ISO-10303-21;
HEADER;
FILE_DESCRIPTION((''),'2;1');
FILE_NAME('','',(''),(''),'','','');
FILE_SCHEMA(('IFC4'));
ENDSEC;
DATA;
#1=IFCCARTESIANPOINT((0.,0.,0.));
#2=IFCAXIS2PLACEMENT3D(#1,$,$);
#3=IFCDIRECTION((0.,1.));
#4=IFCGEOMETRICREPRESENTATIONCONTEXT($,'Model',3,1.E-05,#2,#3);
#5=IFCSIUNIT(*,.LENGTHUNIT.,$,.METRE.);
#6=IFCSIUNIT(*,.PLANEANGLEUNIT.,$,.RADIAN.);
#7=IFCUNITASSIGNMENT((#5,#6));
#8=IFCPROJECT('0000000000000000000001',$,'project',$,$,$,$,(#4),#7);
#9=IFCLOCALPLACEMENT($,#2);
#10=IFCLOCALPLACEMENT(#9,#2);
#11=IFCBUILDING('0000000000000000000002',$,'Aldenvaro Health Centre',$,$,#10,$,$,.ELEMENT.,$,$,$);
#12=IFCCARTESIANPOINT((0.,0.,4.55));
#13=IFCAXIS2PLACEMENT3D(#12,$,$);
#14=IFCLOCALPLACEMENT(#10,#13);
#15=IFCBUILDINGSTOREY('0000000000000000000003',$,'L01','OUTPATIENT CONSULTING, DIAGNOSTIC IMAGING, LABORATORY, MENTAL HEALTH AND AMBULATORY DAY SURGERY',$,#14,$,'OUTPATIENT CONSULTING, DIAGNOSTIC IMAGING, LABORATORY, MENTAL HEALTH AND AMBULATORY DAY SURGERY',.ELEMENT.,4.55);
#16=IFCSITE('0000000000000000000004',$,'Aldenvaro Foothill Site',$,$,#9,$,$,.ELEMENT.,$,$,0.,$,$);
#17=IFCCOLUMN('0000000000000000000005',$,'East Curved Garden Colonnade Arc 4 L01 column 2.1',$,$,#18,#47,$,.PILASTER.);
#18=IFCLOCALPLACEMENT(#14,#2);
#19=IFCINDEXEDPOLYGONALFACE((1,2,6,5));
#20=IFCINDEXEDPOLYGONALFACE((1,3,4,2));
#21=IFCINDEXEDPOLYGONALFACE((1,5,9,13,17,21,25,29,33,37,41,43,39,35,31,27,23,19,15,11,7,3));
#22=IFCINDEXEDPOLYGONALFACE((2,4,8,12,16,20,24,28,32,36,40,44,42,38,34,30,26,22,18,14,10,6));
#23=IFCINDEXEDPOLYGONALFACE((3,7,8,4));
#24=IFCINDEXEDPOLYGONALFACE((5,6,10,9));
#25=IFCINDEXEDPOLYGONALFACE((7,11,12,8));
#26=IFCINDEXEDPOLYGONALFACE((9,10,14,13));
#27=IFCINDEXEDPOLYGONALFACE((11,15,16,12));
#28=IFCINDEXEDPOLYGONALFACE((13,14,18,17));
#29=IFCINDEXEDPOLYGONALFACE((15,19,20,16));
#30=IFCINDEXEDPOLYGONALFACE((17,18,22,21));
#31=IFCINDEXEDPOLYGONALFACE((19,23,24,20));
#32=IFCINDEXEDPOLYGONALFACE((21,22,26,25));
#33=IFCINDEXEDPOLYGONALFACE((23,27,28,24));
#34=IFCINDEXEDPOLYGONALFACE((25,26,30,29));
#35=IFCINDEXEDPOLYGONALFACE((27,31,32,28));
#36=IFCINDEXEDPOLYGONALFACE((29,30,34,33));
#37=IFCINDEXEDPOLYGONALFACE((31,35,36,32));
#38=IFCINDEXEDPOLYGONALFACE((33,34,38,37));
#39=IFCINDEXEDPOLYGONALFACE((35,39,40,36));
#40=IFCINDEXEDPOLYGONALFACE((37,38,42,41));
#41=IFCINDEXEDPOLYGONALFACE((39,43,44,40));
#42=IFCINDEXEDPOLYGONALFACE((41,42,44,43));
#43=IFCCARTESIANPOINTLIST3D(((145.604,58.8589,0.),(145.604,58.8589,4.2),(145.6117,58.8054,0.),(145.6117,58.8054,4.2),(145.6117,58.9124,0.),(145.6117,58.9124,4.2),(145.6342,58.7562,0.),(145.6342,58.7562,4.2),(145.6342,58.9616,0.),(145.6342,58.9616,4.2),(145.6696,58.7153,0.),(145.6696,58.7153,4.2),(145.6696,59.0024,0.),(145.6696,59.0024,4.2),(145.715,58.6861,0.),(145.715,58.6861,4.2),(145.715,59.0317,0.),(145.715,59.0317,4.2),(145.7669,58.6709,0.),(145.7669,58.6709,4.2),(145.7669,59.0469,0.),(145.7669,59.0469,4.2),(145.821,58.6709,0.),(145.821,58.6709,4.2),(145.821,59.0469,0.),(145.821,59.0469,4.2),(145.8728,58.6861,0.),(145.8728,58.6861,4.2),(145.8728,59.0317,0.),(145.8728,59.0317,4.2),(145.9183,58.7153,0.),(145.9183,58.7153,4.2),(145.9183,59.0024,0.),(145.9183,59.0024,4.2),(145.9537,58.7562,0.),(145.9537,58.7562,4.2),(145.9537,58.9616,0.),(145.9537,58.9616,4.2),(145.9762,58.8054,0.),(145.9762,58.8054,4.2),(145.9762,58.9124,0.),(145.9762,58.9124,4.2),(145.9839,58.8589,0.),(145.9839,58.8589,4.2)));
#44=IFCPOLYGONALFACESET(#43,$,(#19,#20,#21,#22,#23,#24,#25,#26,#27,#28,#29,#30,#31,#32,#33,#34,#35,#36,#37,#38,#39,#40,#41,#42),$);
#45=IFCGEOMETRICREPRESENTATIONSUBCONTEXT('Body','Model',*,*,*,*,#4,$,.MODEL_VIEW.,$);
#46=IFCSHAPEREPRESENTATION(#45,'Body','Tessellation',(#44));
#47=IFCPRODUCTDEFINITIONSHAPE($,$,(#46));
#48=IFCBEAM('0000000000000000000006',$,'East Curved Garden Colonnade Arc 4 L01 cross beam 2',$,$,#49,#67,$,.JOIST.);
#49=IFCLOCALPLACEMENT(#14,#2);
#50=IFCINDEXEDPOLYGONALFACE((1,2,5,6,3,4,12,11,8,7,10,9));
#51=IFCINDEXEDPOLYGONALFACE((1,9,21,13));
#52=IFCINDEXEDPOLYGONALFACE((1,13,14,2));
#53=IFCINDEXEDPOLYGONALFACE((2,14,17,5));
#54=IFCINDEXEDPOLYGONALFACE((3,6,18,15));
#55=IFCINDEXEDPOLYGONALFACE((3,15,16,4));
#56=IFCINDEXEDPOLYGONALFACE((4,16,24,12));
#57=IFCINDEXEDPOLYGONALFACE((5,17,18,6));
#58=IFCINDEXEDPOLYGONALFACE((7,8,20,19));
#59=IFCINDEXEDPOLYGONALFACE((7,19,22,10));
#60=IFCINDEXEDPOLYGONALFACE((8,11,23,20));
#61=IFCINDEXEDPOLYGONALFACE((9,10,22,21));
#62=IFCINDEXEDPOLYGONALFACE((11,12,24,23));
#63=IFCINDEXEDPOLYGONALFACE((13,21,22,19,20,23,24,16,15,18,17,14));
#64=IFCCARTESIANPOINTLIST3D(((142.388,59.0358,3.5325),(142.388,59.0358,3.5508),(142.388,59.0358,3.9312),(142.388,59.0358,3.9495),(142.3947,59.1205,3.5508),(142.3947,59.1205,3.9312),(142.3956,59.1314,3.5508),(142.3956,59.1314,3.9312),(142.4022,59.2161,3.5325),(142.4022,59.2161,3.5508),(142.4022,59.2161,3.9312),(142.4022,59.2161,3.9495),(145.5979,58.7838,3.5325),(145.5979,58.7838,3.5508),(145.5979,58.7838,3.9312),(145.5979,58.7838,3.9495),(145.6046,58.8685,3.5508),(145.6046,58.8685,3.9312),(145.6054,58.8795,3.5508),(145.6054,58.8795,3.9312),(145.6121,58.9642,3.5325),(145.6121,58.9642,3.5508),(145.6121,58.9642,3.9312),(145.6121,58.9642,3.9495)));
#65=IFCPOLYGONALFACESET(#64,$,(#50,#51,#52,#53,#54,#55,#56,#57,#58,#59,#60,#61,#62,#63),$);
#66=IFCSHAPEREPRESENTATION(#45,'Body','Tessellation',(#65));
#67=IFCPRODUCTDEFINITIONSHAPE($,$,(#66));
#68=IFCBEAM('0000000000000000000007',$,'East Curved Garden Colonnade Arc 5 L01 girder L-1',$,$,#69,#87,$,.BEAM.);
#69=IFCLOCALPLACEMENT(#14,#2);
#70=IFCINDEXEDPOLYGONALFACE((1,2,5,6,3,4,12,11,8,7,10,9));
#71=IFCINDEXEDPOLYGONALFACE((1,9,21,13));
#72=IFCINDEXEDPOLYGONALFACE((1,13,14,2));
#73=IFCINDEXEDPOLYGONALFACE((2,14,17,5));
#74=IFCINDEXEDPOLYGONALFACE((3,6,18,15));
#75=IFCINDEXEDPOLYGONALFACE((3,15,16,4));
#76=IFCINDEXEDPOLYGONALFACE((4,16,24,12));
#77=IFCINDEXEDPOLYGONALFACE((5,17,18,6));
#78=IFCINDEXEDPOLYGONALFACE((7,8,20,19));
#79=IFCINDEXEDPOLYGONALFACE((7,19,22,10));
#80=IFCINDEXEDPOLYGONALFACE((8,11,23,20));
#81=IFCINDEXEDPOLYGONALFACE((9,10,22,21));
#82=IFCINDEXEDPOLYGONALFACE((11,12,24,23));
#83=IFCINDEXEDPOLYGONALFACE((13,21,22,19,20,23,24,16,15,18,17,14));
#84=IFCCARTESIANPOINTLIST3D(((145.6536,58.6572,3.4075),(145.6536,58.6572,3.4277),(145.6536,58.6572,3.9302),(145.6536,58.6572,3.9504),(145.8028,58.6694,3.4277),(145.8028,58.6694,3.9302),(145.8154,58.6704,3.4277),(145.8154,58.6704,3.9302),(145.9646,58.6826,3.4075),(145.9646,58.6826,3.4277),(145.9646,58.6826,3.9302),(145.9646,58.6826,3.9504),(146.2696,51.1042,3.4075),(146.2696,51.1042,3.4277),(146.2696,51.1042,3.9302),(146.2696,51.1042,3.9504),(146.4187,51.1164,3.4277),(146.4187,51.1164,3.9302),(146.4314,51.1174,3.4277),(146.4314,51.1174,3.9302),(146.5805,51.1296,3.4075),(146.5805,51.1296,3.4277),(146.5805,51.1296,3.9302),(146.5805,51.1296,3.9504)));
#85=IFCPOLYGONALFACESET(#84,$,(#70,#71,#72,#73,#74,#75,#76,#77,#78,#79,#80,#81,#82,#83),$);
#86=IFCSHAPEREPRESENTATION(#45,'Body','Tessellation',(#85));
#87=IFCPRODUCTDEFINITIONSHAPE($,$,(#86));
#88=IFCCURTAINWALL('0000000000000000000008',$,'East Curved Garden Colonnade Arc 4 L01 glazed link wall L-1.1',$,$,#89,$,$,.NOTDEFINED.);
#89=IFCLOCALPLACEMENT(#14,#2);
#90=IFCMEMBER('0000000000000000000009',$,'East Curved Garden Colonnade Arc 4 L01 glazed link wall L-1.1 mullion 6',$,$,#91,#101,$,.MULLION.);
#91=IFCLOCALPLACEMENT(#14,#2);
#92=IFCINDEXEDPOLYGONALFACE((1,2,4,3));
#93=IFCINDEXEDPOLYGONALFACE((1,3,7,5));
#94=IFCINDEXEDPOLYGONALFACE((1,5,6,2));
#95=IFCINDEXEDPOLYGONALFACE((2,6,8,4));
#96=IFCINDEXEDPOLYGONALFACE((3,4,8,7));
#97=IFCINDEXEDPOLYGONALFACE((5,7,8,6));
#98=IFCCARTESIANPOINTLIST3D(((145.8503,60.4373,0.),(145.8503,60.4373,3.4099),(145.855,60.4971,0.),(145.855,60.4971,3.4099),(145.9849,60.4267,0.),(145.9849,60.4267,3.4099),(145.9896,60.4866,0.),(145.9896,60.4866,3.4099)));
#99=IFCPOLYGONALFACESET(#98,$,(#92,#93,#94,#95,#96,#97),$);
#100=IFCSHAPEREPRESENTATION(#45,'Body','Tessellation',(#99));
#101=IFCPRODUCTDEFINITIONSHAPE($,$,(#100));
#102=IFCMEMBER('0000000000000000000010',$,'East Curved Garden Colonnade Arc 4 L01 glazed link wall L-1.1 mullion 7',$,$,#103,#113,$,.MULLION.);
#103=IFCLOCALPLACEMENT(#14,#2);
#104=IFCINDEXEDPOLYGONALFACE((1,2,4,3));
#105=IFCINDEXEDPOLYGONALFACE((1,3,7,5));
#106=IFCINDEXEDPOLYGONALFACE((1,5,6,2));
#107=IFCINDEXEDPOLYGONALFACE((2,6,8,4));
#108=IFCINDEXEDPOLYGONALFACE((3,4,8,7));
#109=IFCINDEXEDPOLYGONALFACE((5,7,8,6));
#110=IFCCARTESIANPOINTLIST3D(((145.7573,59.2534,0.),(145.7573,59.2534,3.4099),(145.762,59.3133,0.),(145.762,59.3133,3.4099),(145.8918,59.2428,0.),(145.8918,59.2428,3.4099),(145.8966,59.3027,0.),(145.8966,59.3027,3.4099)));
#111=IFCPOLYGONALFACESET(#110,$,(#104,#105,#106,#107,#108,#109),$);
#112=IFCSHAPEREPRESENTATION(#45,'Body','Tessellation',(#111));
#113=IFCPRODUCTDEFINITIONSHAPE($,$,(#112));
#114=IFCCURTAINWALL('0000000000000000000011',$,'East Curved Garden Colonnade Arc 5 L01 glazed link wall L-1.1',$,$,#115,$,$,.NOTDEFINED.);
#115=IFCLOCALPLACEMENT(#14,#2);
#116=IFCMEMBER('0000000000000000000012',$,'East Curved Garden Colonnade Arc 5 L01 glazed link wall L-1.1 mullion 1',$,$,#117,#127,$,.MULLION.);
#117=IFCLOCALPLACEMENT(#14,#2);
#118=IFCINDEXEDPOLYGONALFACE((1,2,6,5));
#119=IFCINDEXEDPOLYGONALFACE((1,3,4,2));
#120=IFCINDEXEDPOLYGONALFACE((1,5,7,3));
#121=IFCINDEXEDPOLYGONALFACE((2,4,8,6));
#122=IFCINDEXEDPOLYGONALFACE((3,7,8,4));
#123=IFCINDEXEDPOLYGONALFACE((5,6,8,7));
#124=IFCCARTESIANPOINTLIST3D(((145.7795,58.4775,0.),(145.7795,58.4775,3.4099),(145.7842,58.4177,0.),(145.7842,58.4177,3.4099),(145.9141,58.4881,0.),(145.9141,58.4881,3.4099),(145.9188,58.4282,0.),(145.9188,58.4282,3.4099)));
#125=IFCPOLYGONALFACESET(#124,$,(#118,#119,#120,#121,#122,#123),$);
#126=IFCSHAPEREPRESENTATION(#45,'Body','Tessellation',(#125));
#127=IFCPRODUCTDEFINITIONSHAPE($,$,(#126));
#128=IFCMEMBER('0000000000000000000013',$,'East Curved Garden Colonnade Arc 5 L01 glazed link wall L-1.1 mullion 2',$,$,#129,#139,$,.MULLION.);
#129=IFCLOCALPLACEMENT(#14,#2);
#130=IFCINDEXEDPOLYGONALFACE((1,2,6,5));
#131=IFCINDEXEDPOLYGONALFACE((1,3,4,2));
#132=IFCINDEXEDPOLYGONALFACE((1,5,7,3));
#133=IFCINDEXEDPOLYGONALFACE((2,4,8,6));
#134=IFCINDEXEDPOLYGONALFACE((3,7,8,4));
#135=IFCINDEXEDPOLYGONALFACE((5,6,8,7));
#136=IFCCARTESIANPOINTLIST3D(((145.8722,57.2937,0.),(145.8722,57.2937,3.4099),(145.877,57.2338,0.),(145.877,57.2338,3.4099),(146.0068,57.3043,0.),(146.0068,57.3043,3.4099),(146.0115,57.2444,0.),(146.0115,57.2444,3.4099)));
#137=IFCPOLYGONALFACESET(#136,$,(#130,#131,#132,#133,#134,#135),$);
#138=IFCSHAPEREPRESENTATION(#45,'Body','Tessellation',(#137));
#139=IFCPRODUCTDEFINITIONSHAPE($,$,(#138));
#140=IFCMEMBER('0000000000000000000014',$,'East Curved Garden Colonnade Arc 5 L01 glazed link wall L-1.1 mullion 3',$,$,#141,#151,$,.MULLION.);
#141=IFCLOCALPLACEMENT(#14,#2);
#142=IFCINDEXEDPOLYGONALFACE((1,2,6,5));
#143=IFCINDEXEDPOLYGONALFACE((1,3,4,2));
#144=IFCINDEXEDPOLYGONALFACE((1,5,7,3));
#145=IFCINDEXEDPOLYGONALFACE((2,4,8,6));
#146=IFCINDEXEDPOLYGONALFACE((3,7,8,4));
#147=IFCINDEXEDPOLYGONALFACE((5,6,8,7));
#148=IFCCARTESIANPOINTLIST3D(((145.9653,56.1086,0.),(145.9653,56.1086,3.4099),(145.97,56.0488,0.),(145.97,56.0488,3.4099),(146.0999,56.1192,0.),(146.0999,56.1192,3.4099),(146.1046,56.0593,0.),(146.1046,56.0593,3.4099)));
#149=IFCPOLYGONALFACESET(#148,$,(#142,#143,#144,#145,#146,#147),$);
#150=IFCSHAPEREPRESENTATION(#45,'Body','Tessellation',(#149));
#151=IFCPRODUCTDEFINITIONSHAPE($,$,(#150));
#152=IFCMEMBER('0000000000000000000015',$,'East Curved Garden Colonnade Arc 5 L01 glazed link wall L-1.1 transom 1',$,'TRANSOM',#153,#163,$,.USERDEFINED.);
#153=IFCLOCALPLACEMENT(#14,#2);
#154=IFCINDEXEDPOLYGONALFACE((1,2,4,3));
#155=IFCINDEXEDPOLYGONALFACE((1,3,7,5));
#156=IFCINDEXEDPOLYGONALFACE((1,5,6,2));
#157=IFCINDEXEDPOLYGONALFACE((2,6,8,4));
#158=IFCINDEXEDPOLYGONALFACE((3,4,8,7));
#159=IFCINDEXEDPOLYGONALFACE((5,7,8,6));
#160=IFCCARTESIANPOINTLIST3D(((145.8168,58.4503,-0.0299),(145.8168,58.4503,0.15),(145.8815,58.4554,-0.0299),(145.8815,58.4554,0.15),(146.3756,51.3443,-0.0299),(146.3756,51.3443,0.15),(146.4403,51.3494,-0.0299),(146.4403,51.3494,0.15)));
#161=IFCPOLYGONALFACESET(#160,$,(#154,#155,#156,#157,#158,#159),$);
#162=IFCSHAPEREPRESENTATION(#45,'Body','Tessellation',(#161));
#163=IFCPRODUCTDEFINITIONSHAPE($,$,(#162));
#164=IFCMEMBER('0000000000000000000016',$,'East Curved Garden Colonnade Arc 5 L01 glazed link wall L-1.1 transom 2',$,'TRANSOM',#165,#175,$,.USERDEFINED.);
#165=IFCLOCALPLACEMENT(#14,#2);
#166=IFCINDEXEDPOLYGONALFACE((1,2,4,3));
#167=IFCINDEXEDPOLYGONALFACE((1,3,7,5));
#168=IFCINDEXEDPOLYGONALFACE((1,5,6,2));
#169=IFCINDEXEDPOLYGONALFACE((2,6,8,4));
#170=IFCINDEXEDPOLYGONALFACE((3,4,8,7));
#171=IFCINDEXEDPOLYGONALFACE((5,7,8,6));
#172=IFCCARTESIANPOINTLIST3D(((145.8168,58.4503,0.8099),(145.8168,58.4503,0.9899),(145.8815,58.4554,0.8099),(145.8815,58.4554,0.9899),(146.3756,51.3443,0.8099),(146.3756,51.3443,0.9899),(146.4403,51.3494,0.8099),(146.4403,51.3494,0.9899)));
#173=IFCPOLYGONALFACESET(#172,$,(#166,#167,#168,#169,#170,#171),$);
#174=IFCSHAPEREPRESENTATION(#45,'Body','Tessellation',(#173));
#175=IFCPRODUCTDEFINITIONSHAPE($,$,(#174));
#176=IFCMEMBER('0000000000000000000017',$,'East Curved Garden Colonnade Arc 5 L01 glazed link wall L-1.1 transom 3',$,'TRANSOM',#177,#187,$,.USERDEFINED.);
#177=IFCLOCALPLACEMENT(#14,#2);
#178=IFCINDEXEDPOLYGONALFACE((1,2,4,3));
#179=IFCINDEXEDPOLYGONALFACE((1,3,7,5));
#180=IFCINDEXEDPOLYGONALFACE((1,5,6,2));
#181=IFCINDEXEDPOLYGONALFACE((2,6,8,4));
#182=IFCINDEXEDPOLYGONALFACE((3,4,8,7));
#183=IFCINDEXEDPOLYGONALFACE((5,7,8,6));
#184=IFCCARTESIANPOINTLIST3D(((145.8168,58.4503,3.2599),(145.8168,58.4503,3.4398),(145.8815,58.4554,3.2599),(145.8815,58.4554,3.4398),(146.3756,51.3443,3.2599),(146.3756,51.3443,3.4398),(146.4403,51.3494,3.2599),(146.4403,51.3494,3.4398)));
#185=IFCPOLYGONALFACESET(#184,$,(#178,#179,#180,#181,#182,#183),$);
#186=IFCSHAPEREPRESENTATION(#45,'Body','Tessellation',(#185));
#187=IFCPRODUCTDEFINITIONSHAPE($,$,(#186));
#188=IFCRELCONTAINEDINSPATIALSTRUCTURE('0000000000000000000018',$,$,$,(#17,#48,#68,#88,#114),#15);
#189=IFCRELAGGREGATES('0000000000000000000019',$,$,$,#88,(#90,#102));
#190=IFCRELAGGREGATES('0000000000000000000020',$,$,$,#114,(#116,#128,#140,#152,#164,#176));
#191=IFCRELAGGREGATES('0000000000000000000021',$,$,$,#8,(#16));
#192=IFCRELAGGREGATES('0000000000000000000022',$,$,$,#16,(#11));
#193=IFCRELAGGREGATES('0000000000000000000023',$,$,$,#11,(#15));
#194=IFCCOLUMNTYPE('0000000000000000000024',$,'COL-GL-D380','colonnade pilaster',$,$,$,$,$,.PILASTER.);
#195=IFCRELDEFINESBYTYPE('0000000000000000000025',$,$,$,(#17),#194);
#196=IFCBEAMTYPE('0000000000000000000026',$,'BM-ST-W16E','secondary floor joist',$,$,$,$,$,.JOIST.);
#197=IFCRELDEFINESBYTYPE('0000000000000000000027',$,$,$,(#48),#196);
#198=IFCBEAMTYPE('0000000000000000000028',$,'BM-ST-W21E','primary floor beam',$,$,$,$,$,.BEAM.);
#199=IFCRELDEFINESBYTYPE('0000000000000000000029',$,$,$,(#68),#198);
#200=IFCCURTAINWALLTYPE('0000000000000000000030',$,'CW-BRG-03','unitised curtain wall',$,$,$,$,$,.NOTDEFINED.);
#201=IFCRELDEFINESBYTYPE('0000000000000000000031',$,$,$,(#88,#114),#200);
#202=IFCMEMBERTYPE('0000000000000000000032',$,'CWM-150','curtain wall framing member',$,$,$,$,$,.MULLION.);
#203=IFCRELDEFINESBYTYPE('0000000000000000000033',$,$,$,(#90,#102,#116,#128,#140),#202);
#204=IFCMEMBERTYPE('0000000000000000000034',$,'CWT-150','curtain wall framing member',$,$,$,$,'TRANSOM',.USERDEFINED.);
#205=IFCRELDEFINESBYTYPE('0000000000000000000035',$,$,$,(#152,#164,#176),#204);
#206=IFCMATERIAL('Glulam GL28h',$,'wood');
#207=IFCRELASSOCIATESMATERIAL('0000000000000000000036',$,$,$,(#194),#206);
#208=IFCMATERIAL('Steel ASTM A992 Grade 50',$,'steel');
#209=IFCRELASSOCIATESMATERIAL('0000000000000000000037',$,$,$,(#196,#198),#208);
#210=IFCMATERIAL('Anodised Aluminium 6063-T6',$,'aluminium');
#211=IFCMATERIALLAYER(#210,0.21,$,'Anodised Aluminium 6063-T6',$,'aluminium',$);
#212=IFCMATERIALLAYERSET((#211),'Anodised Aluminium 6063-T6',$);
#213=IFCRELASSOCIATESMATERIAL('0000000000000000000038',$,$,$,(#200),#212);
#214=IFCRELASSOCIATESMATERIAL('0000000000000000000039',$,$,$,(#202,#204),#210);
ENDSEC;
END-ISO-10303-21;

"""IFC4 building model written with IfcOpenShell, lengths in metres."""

from ifc_helpers import new_model, si_unit, direction, frame, origin, origin_2d, place, context, subcontext, project, spatial, rectangle, circle, i_section, extrude, material, layer, layer_set, material_profile, profile_set, type_object, element, aggregate, save


model = new_model("IFC4")

# Units and contexts
model_context = context("Model", 3, precision=1e-05, world=origin(), true_north=direction((0.0, 1.0)))
body_context = subcontext(model_context, "Body", "Model", "MODEL_VIEW")
ifc_project = project(units=[si_unit("LENGTHUNIT", "METRE"), si_unit("PLANEANGLEUNIT", "RADIAN")], contexts=[model_context])

# Site, building, storey
site_placement = place(None, origin())
site = spatial("IfcSite", under=ifc_project, at=site_placement, Name="Aldenvaro Foothill Site", CompositionType="ELEMENT", RefElevation=0.0)
building_placement = place(site_placement, origin())
building = spatial("IfcBuilding", under=site, at=building_placement, Name="Aldenvaro Health Centre", CompositionType="ELEMENT")
storey_placement = place(building_placement, frame((0.0, 0.0, 4.55)))
storey = spatial("IfcBuildingStorey", under=building, at=storey_placement, Name="L01", Description="OUTPATIENT CONSULTING, DIAGNOSTIC IMAGING, LABORATORY, MENTAL HEALTH AND AMBULATORY DAY SURGERY", LongName="OUTPATIENT CONSULTING, DIAGNOSTIC IMAGING, LABORATORY, MENTAL HEALTH AND AMBULATORY DAY SURGERY", CompositionType="ELEMENT", Elevation=4.55)

# Column
ifc_material_1 = material(Name="Glulam GL28h", Category="wood")
ifc_material_profile_1 = material_profile(ifc_material_1, circle(Radius=0.1899, at=origin_2d()), Name="GL D380", Category="wood")
ifc_profile_set_1 = profile_set([ifc_material_profile_1], Name="Glulam GL28h")
column_type = type_object("IfcColumnType", Name="COL-GL-D380", Description="colonnade pilaster", PredefinedType="PILASTER", material=ifc_profile_set_1)
column_placement = place(storey_placement, frame((145.7939, 58.8589, 0.0), z_axis=(0.0, 0.0, 1.0), x_axis=(1.0, 0.0, 0.0)))
element("IfcColumn", 1, at=column_placement, inside=storey, type_object=column_type, Name="East Curved Garden Colonnade Arc 4 L01 column 2.1", PredefinedType="PILASTER", context=body_context, shape_type="SweptSolid", body=[
    extrude(circle(Radius=0.1899, at=origin_2d()), origin(), (0.0, 0.0, 1.0), 4.2),
])

# Beams
ifc_material_2 = material(Name="Steel ASTM A992 Grade 50", Category="steel")
ifc_material_profile_2 = material_profile(ifc_material_2, i_section(OverallWidth=0.1809, OverallDepth=0.417, WebThickness=0.011, FlangeThickness=0.0183, at=origin_2d()), Name="W16X57", Category="steel")
ifc_profile_set_2 = profile_set([ifc_material_profile_2], Name="Steel ASTM A992 Grade 50")
beam_type_1 = type_object("IfcBeamType", Name="BM-ST-W16E", Description="secondary floor joist", PredefinedType="JOIST", material=ifc_profile_set_2)
beam_1_placement = place(storey_placement, frame((145.605, 58.874, 3.741), z_axis=(-0.996934, 0.07825, 0.0), x_axis=(-0.07825, -0.996934, 0.0)))
element("IfcBeam", 2, at=beam_1_placement, inside=storey, type_object=beam_type_1, Name="East Curved Garden Colonnade Arc 4 L01 cross beam 2", PredefinedType="JOIST", context=body_context, shape_type="SweptSolid", body=[
    extrude(i_section(OverallWidth=0.1809, OverallDepth=0.417, WebThickness=0.011, FlangeThickness=0.0183, at=origin_2d()), origin(), (0.0, 0.0, 1.0), 3.2197),
])
ifc_material_profile_3 = material_profile(ifc_material_2, i_section(OverallWidth=0.312, OverallDepth=0.543, WebThickness=0.0127, FlangeThickness=0.0203, at=origin_2d()), Name="W21X101", Category="steel")
ifc_profile_set_3 = profile_set([ifc_material_profile_3], Name="Steel ASTM A992 Grade 50")
beam_type_2 = type_object("IfcBeamType", Name="BM-ST-W21E", Description="primary floor beam", PredefinedType="BEAM", material=ifc_profile_set_3)
beam_2_placement = place(storey_placement, frame((145.8091, 58.6699, 3.679), z_axis=(0.081283, -0.996691, 0.0), x_axis=(0.996691, 0.081283, 0.0)))
element("IfcBeam", 3, at=beam_2_placement, inside=storey, type_object=beam_type_2, Name="East Curved Garden Colonnade Arc 5 L01 girder L-1", PredefinedType="BEAM", context=body_context, shape_type="SweptSolid", body=[
    extrude(i_section(OverallWidth=0.312, OverallDepth=0.543, WebThickness=0.0127, FlangeThickness=0.0203, at=origin_2d()), origin(), (0.0, 0.0, 1.0), 7.5781),
])

# Curtain walls, members
ifc_material_3 = material(Name="Anodised Aluminium 6063-T6", Category="aluminium")
ifc_layer_1 = layer(ifc_material_3, 0.21, Name="Anodised Aluminium 6063-T6", Category="aluminium")
ifc_layer_set_1 = layer_set([ifc_layer_1], Name="Anodised Aluminium 6063-T6")
curtain_wall_type = type_object("IfcCurtainWallType", Name="CW-BRG-03", Description="unitised curtain wall", PredefinedType="NOTDEFINED", material=ifc_layer_set_1)
curtain_wall_1_placement = place(storey_placement, origin())
curtain_wall_1 = element("IfcCurtainWall", 4, at=curtain_wall_1_placement, inside=storey, type_object=curtain_wall_type, Name="East Curved Garden Colonnade Arc 4 L01 glazed link wall L-1.1", PredefinedType="NOTDEFINED")
ifc_material_profile_4 = material_profile(ifc_material_3, rectangle(XDim=0.0601, YDim=0.135, at=origin_2d()), Name="ALU 60x135", Category="aluminium")
ifc_profile_set_4 = profile_set([ifc_material_profile_4], Name="Anodised Aluminium 6063-T6")
member_type_1 = type_object("IfcMemberType", Name="CWM-150", Description="curtain wall framing member", PredefinedType="MULLION", material=ifc_profile_set_4)
member_1_placement = place(storey_placement, frame((145.9199, 60.4619, 0.0), z_axis=(0.0, 0.0, 1.0), x_axis=(-0.078435, -0.996919, 0.0)))
member_1 = element("IfcMember", 5, at=member_1_placement, type_object=member_type_1, Name="East Curved Garden Colonnade Arc 4 L01 glazed link wall L-1.1 mullion 6", PredefinedType="MULLION", context=body_context, shape_type="SweptSolid", body=[
    extrude(rectangle(XDim=0.0601, YDim=0.135, at=origin_2d()), origin(), (0.0, 0.0, 1.0), 3.4099),
])
member_2_placement = place(storey_placement, frame((145.8269, 59.2781, 0.0), z_axis=(0.0, 0.0, 1.0), x_axis=(-0.078435, -0.996919, 0.0)))
member_2 = element("IfcMember", 6, at=member_2_placement, type_object=member_type_1, Name="East Curved Garden Colonnade Arc 4 L01 glazed link wall L-1.1 mullion 7", PredefinedType="MULLION", context=body_context, shape_type="SweptSolid", body=[
    extrude(rectangle(XDim=0.0601, YDim=0.135, at=origin_2d()), origin(), (0.0, 0.0, 1.0), 3.4099),
])
curtain_wall_2_placement = place(storey_placement, origin())
curtain_wall_2 = element("IfcCurtainWall", 7, at=curtain_wall_2_placement, inside=storey, type_object=curtain_wall_type, Name="East Curved Garden Colonnade Arc 5 L01 glazed link wall L-1.1", PredefinedType="NOTDEFINED")
member_3_placement = place(storey_placement, frame((145.8491, 58.4529, 0.0), z_axis=(0.0, 0.0, 1.0), x_axis=(0.078424, -0.99692, 0.0)))
member_3 = element("IfcMember", 8, at=member_3_placement, type_object=member_type_1, Name="East Curved Garden Colonnade Arc 5 L01 glazed link wall L-1.1 mullion 1", PredefinedType="MULLION", context=body_context, shape_type="SweptSolid", body=[
    extrude(rectangle(XDim=0.0601, YDim=0.135, at=origin_2d()), origin(), (0.0, 0.0, 1.0), 3.4099),
])
member_4_placement = place(storey_placement, frame((145.9419, 57.269, 0.0), z_axis=(0.0, 0.0, 1.0), x_axis=(0.078424, -0.99692, 0.0)))
member_4 = element("IfcMember", 9, at=member_4_placement, type_object=member_type_1, Name="East Curved Garden Colonnade Arc 5 L01 glazed link wall L-1.1 mullion 2", PredefinedType="MULLION", context=body_context, shape_type="SweptSolid", body=[
    extrude(rectangle(XDim=0.0601, YDim=0.135, at=origin_2d()), origin(), (0.0, 0.0, 1.0), 3.4099),
])
member_5_placement = place(storey_placement, frame((146.0349, 56.084, 0.0), z_axis=(0.0, 0.0, 1.0), x_axis=(0.078424, -0.99692, 0.0)))
member_5 = element("IfcMember", 10, at=member_5_placement, type_object=member_type_1, Name="East Curved Garden Colonnade Arc 5 L01 glazed link wall L-1.1 mullion 3", PredefinedType="MULLION", context=body_context, shape_type="SweptSolid", body=[
    extrude(rectangle(XDim=0.0601, YDim=0.135, at=origin_2d()), origin(), (0.0, 0.0, 1.0), 3.4099),
])
ifc_material_profile_5 = material_profile(ifc_material_3, rectangle(XDim=0.0649, YDim=0.1799, at=origin_2d()), Name="ALU 65x180", Category="aluminium")
ifc_profile_set_5 = profile_set([ifc_material_profile_5], Name="Anodised Aluminium 6063-T6")
member_type_2 = type_object("IfcMemberType", Name="CWT-150", Description="curtain wall framing member", ElementType="TRANSOM", PredefinedType="USERDEFINED", material=ifc_profile_set_5)
member_6_placement = place(storey_placement, frame((145.8491, 58.4529, 0.0601), z_axis=(0.078402, -0.996922, 0.0), x_axis=(0.996922, 0.078402, 0.0)))
member_6 = element("IfcMember", 11, at=member_6_placement, type_object=member_type_2, Name="East Curved Garden Colonnade Arc 5 L01 glazed link wall L-1.1 transom 1", ObjectType="TRANSOM", PredefinedType="USERDEFINED", context=body_context, shape_type="SweptSolid", body=[
    extrude(rectangle(XDim=0.0649, YDim=0.1799, at=origin_2d()), origin(), (0.0, 0.0, 1.0), 7.1279),
])
member_7_placement = place(storey_placement, frame((145.8491, 58.4529, 0.8999), z_axis=(0.078402, -0.996922, 0.0), x_axis=(0.996922, 0.078402, 0.0)))
member_7 = element("IfcMember", 12, at=member_7_placement, type_object=member_type_2, Name="East Curved Garden Colonnade Arc 5 L01 glazed link wall L-1.1 transom 2", ObjectType="TRANSOM", PredefinedType="USERDEFINED", context=body_context, shape_type="SweptSolid", body=[
    extrude(rectangle(XDim=0.0649, YDim=0.1799, at=origin_2d()), origin(), (0.0, 0.0, 1.0), 7.1279),
])
member_8_placement = place(storey_placement, frame((145.8491, 58.4529, 3.3499), z_axis=(0.078402, -0.996922, 0.0), x_axis=(0.996922, 0.078402, 0.0)))
member_8 = element("IfcMember", 13, at=member_8_placement, type_object=member_type_2, Name="East Curved Garden Colonnade Arc 5 L01 glazed link wall L-1.1 transom 3", ObjectType="TRANSOM", PredefinedType="USERDEFINED", context=body_context, shape_type="SweptSolid", body=[
    extrude(rectangle(XDim=0.0649, YDim=0.1799, at=origin_2d()), origin(), (0.0, 0.0, 1.0), 7.1279),
])

aggregate(curtain_wall_1, [member_1, member_2])
aggregate(curtain_wall_2, [member_3, member_4, member_5, member_6, member_7, member_8])

save(model, "model.ifc")
